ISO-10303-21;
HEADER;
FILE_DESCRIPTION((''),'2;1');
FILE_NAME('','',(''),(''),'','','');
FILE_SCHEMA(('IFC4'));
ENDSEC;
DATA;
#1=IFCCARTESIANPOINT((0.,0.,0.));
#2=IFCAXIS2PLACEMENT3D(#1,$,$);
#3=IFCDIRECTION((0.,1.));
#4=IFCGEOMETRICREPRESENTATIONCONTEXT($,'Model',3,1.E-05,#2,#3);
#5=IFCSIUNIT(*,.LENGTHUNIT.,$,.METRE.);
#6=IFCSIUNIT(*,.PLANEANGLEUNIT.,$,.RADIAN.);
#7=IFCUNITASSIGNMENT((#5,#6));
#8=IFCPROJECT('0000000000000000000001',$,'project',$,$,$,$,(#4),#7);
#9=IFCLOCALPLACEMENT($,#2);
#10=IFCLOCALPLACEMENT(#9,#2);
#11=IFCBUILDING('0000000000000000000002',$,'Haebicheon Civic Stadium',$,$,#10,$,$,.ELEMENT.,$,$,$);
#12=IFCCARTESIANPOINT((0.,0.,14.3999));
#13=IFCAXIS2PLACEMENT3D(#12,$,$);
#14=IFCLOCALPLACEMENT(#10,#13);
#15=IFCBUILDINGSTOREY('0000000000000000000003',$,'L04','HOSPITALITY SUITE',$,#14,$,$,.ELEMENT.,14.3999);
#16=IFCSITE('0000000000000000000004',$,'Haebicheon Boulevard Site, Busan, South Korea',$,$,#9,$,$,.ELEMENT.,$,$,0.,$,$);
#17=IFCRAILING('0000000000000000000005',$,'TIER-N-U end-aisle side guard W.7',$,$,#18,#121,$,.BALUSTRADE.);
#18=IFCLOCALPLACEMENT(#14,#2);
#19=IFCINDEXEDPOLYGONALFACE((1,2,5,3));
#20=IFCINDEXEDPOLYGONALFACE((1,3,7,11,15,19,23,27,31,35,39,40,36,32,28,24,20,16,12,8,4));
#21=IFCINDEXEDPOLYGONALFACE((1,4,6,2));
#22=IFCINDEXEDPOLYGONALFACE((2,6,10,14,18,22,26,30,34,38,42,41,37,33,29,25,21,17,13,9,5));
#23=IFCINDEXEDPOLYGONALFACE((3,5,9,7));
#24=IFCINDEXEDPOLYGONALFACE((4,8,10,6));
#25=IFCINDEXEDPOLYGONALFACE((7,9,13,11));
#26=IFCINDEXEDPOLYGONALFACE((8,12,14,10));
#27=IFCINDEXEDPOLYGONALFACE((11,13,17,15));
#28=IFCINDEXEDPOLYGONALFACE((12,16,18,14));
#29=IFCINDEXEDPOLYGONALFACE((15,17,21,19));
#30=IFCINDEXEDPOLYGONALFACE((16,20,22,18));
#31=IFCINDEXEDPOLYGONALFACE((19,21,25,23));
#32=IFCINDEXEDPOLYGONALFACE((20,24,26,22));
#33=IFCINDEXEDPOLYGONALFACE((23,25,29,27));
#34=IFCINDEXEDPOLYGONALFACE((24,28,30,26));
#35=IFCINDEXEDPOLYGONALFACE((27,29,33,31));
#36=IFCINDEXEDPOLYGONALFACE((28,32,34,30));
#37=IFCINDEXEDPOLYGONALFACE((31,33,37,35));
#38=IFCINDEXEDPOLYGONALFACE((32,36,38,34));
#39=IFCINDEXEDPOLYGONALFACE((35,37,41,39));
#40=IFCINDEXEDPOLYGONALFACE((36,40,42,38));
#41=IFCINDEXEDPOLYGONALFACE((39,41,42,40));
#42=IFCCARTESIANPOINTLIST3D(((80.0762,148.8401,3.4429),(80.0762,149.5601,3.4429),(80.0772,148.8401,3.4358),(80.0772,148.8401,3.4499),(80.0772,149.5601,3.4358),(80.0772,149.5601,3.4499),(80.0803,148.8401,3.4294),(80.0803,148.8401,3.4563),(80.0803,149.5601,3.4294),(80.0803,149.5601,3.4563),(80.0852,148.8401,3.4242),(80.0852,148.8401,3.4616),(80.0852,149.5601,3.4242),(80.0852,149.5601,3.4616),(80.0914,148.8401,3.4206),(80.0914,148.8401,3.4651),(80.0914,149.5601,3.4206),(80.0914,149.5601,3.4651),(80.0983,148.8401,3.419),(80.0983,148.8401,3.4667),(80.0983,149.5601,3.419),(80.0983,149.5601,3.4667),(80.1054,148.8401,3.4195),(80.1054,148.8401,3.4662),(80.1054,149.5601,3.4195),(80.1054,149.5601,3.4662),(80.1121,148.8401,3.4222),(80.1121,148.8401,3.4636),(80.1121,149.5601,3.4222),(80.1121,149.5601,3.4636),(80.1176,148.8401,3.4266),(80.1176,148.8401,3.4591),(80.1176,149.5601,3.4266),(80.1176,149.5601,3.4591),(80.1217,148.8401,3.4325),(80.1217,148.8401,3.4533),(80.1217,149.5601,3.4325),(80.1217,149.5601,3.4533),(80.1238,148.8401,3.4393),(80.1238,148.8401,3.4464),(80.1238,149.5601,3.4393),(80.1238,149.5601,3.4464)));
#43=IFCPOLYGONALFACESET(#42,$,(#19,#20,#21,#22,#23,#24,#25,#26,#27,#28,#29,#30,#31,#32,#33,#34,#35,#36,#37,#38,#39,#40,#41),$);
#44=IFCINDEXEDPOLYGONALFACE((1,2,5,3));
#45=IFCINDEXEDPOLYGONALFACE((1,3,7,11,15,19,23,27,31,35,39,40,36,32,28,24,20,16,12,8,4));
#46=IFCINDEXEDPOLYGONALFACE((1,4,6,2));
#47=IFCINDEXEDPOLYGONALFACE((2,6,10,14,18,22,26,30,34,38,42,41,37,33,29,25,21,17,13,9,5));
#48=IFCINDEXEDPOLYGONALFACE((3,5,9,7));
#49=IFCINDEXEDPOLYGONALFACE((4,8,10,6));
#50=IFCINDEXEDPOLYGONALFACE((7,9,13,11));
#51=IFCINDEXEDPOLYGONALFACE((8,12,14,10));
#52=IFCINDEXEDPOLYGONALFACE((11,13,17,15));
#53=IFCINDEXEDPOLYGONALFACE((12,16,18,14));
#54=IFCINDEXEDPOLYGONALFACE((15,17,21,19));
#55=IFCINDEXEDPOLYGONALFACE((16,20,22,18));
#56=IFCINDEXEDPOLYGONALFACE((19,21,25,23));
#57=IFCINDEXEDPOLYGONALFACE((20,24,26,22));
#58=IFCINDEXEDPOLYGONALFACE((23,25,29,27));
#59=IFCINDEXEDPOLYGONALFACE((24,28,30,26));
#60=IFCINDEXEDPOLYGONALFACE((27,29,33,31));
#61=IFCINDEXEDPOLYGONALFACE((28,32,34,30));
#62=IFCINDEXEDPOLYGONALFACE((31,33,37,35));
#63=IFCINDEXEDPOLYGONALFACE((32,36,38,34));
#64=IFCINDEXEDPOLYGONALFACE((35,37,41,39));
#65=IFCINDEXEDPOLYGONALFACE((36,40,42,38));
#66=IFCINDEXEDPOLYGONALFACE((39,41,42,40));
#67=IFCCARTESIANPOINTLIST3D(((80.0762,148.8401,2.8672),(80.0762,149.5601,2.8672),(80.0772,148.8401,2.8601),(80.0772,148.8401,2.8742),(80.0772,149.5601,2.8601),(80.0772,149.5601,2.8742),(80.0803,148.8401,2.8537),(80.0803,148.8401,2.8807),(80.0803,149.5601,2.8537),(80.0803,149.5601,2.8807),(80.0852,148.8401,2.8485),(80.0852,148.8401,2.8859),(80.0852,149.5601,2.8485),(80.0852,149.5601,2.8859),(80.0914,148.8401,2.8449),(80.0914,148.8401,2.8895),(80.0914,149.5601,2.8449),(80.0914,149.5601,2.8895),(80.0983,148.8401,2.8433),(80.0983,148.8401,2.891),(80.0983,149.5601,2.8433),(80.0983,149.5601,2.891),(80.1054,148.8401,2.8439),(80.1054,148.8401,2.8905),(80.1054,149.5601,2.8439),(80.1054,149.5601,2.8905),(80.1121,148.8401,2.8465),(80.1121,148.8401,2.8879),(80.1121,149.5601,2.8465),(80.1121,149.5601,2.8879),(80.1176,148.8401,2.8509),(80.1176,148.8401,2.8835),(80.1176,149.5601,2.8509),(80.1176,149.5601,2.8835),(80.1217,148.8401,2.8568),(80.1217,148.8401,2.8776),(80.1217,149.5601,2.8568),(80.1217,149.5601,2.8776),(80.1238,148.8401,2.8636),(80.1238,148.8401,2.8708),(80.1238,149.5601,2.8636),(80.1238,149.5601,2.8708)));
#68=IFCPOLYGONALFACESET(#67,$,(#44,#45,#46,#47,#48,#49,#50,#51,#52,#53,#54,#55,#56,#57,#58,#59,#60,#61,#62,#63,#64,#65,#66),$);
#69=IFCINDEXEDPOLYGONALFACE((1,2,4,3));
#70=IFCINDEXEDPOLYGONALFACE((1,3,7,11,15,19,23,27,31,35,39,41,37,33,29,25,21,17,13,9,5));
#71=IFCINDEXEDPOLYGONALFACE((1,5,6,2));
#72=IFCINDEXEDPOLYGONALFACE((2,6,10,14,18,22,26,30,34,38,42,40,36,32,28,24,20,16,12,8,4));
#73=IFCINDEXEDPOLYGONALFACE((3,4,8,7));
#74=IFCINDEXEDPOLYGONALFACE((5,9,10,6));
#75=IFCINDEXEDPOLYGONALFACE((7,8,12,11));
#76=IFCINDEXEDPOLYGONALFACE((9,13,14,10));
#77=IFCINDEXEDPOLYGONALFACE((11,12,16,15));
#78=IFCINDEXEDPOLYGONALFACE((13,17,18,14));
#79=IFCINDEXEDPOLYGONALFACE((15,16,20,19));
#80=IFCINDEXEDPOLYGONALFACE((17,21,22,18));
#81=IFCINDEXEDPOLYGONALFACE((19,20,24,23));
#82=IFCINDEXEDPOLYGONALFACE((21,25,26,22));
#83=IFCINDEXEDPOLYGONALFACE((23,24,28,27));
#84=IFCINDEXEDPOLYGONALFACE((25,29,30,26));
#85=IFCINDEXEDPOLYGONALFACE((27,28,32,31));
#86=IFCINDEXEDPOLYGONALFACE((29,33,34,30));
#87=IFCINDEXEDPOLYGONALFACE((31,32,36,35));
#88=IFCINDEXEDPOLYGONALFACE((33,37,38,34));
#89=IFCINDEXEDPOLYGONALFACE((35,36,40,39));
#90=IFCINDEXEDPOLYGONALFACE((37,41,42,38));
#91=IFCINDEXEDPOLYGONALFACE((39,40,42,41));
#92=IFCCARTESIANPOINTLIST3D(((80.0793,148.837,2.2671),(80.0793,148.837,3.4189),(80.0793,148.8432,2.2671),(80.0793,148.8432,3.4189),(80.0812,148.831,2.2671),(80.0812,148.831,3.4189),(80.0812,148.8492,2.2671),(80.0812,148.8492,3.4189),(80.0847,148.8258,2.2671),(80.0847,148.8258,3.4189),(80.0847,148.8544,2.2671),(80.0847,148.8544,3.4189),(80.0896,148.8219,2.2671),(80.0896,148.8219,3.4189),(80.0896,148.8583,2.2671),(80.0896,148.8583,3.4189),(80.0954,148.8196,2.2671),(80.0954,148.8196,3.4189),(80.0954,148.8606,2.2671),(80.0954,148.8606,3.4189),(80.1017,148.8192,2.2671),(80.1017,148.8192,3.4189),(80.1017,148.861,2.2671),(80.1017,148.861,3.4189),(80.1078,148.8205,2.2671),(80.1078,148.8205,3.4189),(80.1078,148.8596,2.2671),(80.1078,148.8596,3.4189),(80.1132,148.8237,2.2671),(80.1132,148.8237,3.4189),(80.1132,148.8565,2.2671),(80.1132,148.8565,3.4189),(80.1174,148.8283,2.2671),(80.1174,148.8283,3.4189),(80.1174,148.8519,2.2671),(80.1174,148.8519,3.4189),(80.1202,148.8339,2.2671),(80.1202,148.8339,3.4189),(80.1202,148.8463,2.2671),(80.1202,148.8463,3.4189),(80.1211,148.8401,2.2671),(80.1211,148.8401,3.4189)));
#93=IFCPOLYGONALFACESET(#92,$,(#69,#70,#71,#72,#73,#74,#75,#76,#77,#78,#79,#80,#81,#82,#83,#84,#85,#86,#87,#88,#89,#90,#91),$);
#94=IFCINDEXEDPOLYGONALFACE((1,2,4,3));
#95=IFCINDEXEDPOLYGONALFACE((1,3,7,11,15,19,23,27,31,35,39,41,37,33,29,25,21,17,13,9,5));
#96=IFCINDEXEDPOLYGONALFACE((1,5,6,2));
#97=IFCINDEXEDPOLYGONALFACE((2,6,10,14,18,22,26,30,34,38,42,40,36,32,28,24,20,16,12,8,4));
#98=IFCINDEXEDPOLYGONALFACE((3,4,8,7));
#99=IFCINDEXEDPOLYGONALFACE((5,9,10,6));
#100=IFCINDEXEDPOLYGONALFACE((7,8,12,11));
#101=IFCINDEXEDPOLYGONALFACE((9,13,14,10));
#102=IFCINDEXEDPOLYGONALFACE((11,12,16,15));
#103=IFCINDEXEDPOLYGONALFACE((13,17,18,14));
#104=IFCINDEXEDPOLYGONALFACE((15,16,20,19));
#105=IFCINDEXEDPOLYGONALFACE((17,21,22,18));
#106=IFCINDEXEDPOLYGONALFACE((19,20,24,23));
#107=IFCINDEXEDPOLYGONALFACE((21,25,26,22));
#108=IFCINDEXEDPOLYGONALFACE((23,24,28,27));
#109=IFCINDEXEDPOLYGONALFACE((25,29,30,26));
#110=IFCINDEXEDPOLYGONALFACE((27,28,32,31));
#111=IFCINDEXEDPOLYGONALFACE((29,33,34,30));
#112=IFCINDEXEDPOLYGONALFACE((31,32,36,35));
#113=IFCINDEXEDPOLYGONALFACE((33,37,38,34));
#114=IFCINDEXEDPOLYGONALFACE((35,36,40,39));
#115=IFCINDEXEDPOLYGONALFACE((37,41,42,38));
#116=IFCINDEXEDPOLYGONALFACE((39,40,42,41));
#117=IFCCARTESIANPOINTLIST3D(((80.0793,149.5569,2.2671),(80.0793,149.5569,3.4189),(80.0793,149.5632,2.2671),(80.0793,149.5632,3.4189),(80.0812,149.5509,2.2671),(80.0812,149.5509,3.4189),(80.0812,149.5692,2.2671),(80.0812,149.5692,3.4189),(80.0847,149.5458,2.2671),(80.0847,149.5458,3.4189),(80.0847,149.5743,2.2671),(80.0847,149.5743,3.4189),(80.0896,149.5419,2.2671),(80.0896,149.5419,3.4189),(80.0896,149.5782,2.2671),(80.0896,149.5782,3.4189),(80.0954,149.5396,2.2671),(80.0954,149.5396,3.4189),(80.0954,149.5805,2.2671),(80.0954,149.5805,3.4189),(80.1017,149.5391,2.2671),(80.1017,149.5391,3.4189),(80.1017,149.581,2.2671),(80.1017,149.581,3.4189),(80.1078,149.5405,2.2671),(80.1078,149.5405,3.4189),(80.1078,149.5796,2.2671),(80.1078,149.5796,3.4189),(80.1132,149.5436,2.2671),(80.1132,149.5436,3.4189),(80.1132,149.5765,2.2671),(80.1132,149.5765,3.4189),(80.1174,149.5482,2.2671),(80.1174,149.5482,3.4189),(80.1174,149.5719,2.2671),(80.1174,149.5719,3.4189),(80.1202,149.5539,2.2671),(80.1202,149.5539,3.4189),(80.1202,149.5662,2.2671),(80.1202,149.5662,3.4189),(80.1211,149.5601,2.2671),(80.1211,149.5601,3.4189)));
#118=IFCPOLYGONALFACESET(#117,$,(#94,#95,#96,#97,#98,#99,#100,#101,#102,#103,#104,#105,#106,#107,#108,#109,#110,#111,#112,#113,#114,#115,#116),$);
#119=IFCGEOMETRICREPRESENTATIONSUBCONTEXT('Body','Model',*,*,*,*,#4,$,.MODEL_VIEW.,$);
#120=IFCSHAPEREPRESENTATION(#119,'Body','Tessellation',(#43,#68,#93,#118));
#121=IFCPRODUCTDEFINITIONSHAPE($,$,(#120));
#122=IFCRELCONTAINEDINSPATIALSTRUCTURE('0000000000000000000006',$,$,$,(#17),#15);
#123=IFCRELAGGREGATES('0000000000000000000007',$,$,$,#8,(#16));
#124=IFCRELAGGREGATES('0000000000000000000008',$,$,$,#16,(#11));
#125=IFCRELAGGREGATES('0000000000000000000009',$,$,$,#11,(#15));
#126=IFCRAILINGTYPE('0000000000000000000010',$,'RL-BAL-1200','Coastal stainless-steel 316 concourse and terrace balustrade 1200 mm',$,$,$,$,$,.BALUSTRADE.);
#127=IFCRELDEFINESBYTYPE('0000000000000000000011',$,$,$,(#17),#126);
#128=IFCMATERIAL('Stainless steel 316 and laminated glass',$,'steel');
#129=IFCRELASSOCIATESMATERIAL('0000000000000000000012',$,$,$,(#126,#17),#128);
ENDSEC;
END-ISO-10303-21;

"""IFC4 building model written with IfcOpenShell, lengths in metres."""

from ifc_helpers import new_model, si_unit, direction, frame, origin, origin_2d, place, context, subcontext, project, spatial, circle, extrude, material, type_object, element, save


model = new_model("IFC4")

# Units and contexts
model_context = context("Model", 3, precision=1e-05, world=origin(), true_north=direction((0.0, 1.0)))
body_context = subcontext(model_context, "Body", "Model", "MODEL_VIEW")
ifc_project = project(units=[si_unit("LENGTHUNIT", "METRE"), si_unit("PLANEANGLEUNIT", "RADIAN")], contexts=[model_context])

# Site, building, storey
site_placement = place(None, origin())
site = spatial("IfcSite", under=ifc_project, at=site_placement, Name="Haebicheon Boulevard Site, Busan, South Korea", CompositionType="ELEMENT", RefElevation=0.0)
building_placement = place(site_placement, origin())
building = spatial("IfcBuilding", under=site, at=building_placement, Name="Haebicheon Civic Stadium", CompositionType="ELEMENT")
storey_placement = place(building_placement, frame((0.0, 0.0, 14.3999)))
storey = spatial("IfcBuildingStorey", under=building, at=storey_placement, Name="L04", Description="HOSPITALITY SUITE", CompositionType="ELEMENT", Elevation=14.3999)

# Railing
ifc_material_1 = material(Name="Stainless steel 316 and laminated glass", Category="steel")
railing_type = type_object("IfcRailingType", Name="RL-BAL-1200", Description="Coastal stainless-steel 316 concourse and terrace balustrade 1200 mm", PredefinedType="BALUSTRADE", material=ifc_material_1)
for number, where, name in (
    (1, (80.1001, 148.8401, 2.2671), "TIER-N-U end-aisle side guard W.7"),
):
    element("IfcRailing", number, at=place(storey_placement, frame(where)), inside=storey, type_object=railing_type, material=ifc_material_1, Name=name, PredefinedType="BALUSTRADE", context=body_context, shape_type="SweptSolid", body=[
        extrude(circle(Radius=0.0239, at=origin_2d()), frame((0.0, 0.0, 1.1758), z_axis=(0.0, 1.0, 0.0), x_axis=(-1.0, 0.0, 0.0)), (0.0, 0.0, 1.0), 0.72),
        extrude(circle(Radius=0.0239, at=origin_2d()), frame((0.0, 0.0, 0.6001), z_axis=(0.0, 1.0, 0.0), x_axis=(-1.0, 0.0, 0.0)), (0.0, 0.0, 1.0), 0.72),
        extrude(circle(Radius=0.021, at=origin_2d()), origin(), (0.0, 0.0, 1.0), 1.1519),
        extrude(circle(Radius=0.021, at=origin_2d()), frame((0.0, 0.72, 0.0)), (0.0, 0.0, 1.0), 1.1519),
    ])

save(model, "model.ifc")
